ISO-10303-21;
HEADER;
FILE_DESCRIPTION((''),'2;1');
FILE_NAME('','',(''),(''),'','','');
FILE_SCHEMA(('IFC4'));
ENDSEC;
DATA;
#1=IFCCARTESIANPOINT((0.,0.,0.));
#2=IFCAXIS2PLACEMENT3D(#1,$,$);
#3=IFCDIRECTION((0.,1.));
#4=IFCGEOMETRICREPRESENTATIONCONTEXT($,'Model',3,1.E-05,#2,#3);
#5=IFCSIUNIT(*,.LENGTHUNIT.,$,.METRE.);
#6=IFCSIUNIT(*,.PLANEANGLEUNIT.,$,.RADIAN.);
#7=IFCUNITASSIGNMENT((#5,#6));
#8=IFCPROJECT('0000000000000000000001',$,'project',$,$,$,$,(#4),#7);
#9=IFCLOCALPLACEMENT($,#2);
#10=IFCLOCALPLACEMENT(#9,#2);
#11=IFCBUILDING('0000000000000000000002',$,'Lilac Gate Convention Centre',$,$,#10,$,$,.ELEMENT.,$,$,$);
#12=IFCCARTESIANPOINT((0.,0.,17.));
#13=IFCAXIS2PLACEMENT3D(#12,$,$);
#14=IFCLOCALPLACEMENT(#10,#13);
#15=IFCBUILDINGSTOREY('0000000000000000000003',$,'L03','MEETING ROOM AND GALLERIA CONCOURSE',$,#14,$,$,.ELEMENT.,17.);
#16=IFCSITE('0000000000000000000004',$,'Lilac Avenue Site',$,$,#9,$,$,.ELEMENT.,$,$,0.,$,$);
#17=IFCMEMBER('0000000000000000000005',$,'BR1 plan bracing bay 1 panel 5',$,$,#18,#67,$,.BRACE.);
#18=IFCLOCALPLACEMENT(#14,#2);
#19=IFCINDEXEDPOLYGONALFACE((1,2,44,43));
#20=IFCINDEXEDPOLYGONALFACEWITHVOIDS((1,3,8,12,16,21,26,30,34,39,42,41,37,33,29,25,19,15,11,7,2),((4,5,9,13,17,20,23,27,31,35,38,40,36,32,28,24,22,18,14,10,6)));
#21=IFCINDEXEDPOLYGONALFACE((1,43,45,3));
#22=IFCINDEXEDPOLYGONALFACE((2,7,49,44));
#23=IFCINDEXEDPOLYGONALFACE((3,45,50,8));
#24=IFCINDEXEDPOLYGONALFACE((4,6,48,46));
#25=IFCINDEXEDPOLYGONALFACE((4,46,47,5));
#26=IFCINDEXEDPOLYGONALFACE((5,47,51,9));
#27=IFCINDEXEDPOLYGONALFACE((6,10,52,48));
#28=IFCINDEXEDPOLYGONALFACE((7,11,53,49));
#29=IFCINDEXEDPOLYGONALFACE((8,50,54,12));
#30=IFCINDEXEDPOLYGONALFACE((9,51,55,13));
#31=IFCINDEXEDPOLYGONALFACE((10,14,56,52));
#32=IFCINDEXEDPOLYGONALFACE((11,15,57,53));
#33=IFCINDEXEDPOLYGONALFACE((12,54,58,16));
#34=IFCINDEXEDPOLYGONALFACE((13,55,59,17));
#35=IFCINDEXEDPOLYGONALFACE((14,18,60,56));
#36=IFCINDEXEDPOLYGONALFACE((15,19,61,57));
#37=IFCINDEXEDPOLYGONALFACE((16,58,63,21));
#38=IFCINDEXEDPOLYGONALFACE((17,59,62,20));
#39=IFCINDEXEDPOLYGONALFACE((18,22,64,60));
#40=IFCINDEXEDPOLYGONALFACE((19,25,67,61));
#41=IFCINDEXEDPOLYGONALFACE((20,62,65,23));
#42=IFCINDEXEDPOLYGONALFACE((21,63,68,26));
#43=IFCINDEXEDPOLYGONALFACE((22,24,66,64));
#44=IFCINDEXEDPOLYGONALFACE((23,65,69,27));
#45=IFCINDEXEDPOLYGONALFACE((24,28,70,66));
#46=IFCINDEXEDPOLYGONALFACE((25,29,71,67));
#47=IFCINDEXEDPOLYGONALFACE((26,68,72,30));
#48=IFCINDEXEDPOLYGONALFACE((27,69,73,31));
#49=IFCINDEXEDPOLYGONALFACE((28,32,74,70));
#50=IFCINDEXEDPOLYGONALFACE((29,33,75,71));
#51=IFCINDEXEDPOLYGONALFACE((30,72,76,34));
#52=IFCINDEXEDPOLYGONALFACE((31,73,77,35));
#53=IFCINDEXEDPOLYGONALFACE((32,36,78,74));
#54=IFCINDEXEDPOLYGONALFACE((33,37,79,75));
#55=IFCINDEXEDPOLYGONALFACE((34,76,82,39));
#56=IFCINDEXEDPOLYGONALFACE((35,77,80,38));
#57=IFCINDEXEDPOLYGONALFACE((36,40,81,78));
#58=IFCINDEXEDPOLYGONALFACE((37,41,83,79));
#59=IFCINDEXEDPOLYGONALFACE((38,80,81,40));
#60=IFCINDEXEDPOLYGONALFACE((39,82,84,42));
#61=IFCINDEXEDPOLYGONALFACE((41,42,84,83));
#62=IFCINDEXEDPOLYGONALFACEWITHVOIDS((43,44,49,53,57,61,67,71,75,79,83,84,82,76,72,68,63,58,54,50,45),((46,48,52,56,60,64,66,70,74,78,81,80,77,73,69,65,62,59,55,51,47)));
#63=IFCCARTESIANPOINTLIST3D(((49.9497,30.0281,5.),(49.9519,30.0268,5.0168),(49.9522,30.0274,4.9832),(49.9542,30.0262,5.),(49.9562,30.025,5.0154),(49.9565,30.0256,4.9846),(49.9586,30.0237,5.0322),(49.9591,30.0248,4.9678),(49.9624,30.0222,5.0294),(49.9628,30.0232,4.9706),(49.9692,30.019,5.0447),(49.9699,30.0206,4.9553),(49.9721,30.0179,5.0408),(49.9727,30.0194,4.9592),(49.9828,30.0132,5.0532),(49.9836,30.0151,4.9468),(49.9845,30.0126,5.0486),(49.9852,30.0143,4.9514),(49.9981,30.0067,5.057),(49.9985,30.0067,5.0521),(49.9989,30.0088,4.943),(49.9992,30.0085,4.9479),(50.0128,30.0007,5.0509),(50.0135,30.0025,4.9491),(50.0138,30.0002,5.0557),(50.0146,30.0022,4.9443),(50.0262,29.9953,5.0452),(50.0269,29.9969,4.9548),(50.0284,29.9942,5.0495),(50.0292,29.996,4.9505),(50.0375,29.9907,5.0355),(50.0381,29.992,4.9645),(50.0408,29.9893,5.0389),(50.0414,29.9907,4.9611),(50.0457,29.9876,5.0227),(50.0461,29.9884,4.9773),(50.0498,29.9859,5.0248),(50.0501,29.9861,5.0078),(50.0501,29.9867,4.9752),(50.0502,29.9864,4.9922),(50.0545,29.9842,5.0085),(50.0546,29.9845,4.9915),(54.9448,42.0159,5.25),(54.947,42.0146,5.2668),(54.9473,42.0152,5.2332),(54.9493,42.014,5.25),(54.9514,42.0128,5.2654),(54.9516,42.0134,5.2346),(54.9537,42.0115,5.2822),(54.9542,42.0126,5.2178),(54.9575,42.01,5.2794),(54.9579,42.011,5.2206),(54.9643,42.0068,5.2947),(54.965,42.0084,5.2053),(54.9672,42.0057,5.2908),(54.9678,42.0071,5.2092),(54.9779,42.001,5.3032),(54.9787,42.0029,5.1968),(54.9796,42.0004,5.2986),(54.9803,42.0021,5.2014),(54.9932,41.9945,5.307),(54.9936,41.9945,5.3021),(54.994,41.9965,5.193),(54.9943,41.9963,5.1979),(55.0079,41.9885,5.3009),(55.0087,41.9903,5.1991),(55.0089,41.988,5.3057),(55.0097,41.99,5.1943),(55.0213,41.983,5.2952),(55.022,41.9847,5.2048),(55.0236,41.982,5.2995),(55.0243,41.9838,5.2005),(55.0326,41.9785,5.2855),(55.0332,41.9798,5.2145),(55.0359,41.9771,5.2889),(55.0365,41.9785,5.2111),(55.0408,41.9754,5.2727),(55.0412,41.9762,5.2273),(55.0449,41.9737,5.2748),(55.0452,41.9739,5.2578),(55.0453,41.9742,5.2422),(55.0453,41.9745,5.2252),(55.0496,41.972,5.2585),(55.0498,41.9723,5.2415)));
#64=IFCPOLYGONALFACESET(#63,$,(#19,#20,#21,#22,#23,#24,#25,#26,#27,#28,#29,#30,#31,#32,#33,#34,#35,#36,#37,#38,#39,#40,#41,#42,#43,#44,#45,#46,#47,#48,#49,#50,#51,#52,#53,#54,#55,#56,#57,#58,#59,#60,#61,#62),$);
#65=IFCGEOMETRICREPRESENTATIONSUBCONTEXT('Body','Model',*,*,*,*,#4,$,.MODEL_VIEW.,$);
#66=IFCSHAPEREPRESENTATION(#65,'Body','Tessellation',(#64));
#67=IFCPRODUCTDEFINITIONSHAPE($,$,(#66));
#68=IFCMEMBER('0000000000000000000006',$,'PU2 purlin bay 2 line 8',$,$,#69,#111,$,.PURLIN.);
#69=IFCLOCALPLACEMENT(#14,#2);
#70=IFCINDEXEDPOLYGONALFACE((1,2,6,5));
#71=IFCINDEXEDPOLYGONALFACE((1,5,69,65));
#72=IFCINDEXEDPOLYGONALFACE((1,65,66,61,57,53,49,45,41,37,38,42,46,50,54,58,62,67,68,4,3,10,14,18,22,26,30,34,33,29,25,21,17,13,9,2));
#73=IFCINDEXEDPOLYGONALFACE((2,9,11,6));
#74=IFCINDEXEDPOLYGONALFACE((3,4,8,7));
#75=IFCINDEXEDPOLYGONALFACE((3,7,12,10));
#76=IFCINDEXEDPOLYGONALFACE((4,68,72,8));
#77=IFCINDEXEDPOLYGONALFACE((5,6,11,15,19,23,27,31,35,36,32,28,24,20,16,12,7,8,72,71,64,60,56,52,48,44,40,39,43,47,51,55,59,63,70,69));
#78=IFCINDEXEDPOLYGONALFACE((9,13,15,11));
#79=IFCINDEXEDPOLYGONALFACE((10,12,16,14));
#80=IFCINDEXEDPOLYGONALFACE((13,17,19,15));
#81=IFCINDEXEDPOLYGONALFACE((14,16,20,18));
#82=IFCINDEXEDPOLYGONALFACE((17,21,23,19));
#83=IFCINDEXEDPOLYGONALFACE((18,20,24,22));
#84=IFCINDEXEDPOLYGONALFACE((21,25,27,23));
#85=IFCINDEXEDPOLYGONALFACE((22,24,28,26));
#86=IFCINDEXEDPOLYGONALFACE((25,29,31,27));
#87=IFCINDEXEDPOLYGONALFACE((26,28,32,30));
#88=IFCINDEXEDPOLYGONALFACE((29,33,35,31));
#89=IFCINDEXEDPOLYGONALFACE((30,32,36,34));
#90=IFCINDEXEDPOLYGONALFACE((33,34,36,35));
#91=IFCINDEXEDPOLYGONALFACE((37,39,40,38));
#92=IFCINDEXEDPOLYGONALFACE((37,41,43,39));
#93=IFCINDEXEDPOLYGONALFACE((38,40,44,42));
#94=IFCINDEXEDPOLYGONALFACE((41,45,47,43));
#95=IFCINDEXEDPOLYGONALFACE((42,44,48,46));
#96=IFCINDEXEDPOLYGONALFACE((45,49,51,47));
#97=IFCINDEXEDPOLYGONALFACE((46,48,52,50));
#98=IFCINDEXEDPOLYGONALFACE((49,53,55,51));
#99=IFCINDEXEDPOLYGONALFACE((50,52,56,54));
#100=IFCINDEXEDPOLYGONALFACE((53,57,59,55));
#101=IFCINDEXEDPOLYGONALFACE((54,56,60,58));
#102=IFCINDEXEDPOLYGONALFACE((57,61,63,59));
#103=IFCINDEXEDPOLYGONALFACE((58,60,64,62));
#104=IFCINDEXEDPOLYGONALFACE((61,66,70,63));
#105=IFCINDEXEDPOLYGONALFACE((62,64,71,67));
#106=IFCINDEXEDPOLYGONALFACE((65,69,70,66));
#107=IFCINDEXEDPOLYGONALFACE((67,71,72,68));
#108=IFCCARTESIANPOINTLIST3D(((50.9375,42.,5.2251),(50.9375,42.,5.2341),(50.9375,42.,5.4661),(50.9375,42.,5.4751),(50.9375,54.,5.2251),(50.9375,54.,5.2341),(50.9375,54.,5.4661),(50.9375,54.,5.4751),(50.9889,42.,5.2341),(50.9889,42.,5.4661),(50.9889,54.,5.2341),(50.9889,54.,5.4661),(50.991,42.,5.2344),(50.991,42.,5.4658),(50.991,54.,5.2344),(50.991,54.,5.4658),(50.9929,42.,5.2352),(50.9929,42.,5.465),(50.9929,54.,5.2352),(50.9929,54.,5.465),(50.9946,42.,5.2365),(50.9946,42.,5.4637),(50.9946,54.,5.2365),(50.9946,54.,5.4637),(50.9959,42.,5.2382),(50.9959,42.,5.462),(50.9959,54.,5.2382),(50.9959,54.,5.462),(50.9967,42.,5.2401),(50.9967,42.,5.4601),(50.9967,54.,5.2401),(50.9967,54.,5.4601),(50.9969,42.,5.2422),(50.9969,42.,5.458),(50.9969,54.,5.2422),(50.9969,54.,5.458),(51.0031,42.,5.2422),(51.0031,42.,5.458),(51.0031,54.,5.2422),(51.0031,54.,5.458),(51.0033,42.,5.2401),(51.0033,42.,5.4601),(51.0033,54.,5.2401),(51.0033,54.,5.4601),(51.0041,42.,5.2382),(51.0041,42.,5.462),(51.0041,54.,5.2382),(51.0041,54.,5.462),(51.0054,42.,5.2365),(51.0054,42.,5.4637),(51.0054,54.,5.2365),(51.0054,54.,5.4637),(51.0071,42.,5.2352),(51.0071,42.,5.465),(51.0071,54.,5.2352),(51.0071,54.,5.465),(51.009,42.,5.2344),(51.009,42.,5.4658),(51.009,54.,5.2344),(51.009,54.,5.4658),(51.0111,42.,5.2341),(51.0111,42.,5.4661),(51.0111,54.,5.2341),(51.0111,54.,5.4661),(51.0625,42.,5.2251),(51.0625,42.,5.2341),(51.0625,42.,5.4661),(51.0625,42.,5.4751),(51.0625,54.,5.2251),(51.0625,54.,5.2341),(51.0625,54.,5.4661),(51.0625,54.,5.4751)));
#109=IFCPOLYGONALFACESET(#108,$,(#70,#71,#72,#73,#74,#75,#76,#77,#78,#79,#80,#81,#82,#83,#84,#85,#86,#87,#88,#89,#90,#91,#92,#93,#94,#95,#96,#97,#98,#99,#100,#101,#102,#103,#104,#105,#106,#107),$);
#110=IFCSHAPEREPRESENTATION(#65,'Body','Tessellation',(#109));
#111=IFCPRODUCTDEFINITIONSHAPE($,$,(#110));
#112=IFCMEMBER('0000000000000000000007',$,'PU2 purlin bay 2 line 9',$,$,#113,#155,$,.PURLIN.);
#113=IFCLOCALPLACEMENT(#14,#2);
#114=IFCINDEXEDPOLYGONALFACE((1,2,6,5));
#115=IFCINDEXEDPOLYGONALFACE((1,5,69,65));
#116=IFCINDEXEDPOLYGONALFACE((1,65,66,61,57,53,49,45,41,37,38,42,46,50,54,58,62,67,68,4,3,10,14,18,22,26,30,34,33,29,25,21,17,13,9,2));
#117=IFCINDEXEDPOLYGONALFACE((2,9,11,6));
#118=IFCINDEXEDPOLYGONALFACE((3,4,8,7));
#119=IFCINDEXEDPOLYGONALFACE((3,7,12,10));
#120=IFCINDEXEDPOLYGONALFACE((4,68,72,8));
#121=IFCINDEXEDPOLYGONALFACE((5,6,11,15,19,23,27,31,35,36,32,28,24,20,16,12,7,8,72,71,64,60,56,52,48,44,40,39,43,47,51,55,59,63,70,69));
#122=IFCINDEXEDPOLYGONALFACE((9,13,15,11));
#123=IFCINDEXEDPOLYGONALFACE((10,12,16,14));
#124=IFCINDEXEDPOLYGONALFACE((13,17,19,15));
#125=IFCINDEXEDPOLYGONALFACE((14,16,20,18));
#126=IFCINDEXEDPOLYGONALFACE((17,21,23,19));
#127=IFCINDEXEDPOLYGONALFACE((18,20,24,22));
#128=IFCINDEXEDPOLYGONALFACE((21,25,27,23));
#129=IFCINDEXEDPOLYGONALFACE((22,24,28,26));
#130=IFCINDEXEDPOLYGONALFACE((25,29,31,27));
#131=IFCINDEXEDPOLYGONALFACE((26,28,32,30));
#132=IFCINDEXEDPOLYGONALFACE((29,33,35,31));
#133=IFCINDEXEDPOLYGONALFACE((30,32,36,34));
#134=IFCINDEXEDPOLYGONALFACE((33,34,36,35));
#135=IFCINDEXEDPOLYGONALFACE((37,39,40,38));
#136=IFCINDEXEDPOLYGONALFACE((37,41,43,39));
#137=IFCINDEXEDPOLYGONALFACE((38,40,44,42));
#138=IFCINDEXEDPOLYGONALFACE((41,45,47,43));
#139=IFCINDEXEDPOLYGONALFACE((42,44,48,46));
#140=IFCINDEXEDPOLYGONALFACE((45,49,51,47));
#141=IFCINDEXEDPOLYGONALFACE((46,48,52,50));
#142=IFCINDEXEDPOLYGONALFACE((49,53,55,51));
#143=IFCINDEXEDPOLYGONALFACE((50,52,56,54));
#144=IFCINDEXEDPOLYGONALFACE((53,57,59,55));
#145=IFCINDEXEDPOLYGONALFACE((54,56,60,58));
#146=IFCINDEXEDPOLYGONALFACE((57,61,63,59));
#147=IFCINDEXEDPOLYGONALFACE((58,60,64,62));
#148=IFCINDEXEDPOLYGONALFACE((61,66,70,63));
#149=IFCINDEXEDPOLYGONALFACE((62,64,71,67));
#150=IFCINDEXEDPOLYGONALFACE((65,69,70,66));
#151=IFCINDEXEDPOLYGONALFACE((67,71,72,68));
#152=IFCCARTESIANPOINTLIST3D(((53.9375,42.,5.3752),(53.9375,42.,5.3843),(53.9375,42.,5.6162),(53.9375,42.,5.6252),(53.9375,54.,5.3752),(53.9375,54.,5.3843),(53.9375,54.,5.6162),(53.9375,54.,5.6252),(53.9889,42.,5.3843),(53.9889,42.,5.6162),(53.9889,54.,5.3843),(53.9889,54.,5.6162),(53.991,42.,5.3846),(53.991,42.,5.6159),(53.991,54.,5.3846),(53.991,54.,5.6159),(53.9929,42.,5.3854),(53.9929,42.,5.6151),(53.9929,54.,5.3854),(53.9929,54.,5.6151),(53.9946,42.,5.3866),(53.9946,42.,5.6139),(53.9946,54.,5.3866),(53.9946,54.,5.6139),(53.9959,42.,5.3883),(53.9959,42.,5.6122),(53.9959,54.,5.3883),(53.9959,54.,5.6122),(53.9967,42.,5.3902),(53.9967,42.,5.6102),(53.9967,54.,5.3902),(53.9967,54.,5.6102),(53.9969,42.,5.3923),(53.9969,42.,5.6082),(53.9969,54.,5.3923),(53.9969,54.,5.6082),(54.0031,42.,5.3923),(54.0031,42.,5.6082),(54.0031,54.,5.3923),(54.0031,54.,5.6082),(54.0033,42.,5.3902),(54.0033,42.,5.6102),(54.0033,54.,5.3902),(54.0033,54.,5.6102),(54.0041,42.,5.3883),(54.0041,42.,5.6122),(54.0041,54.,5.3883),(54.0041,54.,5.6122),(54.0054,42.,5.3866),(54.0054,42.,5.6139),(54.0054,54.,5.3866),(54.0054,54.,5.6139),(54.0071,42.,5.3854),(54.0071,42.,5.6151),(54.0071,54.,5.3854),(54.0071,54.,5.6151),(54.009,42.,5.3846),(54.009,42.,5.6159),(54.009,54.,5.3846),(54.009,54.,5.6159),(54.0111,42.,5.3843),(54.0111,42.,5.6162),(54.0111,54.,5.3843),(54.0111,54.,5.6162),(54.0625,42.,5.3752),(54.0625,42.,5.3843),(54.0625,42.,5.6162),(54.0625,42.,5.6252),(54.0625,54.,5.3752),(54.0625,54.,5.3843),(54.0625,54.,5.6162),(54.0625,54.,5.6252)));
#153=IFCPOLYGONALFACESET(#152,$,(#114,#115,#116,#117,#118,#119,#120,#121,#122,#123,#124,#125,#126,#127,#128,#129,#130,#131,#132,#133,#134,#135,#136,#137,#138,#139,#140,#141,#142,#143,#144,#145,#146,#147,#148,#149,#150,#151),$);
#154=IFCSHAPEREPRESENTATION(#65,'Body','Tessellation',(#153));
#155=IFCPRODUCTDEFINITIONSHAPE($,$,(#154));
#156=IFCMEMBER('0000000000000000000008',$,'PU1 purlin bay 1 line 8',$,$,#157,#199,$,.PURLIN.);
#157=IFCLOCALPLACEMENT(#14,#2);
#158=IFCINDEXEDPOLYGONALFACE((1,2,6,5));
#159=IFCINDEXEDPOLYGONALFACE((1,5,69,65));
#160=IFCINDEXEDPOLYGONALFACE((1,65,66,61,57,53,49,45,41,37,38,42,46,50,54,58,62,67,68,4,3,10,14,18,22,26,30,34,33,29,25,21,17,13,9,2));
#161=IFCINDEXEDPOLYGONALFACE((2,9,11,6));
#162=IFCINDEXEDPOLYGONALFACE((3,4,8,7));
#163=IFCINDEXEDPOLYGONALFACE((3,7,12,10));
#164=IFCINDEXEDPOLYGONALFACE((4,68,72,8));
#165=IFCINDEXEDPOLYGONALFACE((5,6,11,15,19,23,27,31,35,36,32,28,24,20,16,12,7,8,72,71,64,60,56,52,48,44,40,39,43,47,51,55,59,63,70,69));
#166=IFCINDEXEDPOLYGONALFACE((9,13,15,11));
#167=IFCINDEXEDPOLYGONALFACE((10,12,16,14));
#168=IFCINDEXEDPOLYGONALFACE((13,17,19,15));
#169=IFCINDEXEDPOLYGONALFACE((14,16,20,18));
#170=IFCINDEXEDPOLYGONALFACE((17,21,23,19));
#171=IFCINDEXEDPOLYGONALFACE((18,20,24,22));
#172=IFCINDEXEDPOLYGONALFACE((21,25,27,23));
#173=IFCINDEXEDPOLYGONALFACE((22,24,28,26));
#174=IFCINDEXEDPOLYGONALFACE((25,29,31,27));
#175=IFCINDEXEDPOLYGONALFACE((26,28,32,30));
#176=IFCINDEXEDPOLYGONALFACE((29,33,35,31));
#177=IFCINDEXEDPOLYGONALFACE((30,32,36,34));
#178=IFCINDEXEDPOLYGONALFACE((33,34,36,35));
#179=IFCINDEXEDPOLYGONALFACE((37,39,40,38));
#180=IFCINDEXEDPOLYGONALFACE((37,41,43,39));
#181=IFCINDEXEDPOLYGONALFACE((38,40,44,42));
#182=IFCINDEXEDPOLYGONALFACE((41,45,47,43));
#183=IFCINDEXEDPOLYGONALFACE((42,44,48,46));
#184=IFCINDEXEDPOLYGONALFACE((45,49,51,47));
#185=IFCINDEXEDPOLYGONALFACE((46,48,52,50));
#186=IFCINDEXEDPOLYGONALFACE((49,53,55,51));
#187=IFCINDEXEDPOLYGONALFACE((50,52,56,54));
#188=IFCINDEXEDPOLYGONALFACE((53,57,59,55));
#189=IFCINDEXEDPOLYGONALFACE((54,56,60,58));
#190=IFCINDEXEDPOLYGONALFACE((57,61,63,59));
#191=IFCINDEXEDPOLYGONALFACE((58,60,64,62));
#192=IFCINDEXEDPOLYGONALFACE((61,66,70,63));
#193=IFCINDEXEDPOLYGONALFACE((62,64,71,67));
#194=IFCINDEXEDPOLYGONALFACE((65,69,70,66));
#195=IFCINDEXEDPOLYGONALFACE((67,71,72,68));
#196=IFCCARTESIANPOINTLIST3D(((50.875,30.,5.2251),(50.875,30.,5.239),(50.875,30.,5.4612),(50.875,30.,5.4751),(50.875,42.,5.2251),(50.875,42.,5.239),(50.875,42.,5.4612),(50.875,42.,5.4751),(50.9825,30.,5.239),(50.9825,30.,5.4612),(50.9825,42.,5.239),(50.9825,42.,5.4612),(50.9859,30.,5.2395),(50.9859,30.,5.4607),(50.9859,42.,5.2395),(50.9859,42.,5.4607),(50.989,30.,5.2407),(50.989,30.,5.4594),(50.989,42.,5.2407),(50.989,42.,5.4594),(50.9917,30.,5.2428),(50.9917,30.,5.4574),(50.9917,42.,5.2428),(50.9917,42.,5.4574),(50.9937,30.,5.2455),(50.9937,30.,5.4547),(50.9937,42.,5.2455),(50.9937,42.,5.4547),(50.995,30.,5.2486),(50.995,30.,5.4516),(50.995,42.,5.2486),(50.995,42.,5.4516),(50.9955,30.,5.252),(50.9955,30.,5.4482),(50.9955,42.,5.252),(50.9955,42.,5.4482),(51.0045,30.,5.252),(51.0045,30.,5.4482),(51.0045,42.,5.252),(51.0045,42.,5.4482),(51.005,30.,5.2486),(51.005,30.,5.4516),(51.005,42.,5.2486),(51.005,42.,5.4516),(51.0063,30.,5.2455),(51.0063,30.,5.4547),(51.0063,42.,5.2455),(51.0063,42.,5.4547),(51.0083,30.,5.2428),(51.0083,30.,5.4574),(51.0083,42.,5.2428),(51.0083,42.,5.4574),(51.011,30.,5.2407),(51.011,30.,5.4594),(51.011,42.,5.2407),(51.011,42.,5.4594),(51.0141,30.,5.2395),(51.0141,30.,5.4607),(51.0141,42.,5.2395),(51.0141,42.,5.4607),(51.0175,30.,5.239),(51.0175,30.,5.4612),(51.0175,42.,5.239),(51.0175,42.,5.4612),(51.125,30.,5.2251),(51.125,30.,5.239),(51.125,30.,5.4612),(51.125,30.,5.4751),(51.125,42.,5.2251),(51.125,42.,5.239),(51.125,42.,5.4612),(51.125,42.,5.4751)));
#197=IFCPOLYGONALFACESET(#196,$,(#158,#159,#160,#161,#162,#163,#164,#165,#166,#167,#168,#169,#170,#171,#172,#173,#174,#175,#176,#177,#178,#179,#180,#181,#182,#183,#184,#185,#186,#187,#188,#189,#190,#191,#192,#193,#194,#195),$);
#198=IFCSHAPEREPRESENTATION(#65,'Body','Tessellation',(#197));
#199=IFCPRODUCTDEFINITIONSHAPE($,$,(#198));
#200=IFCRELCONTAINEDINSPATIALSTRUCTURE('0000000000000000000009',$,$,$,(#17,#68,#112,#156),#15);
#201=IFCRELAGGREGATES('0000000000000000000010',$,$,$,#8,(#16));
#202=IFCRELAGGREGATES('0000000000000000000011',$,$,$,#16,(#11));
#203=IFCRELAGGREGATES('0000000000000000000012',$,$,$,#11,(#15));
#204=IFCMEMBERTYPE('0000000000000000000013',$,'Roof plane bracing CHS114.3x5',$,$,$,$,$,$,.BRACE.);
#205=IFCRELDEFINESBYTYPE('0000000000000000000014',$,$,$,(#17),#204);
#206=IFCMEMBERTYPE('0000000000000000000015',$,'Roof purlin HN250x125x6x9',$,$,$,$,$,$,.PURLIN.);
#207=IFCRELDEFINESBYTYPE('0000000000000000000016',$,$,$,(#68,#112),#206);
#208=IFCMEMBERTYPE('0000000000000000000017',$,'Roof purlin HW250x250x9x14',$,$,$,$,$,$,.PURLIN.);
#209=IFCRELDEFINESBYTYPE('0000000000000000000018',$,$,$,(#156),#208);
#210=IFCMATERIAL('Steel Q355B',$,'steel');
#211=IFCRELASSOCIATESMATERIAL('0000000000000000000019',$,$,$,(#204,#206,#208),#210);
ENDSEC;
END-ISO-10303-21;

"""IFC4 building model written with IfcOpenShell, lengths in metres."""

from ifc_helpers import new_model, si_unit, direction, frame, origin, origin_2d, place, context, subcontext, project, spatial, hollow_circle, i_section, extrude, material, material_profile, profile_set, type_object, element, save


model = new_model("IFC4")

# Units and contexts
model_context = context("Model", 3, precision=1e-05, world=origin(), true_north=direction((0.0, 1.0)))
body_context = subcontext(model_context, "Body", "Model", "MODEL_VIEW")
ifc_project = project(units=[si_unit("LENGTHUNIT", "METRE"), si_unit("PLANEANGLEUNIT", "RADIAN")], contexts=[model_context])

# Site, building, storey
site_placement = place(None, origin())
site = spatial("IfcSite", under=ifc_project, at=site_placement, Name="Lilac Avenue Site", CompositionType="ELEMENT", RefElevation=0.0)
building_placement = place(site_placement, origin())
building = spatial("IfcBuilding", under=site, at=building_placement, Name="Lilac Gate Convention Centre", CompositionType="ELEMENT")
storey_placement = place(building_placement, frame((0.0, 0.0, 17.0)))
storey = spatial("IfcBuildingStorey", under=building, at=storey_placement, Name="L03", Description="MEETING ROOM AND GALLERIA CONCOURSE", CompositionType="ELEMENT", Elevation=17.0)

# Members
ifc_material = material(Name="Steel Q355B", Category="steel")
ifc_material_profile_1 = material_profile(ifc_material, hollow_circle(Radius=0.0571, WallThickness=0.0049, at=origin_2d()), Name="CHS114.3x5")
ifc_profile_set_1 = profile_set([ifc_material_profile_1], Name="Steel Q355B")
member_type_1 = type_object("IfcMemberType", Name="Roof plane bracing CHS114.3x5", PredefinedType="BRACE", material=ifc_profile_set_1)
member_1_placement = place(storey_placement, frame((50.0024, 30.0061, 5.0), z_axis=(0.384557, 0.9229, 0.019247), x_axis=(-0.923071, 0.384629, 0.0)))
element("IfcMember", 1, at=member_1_placement, inside=storey, type_object=member_type_1, Name="BR1 plan bracing bay 1 panel 5", PredefinedType="BRACE", context=body_context, shape_type="SweptSolid", body=[
    extrude(hollow_circle(Radius=0.0571, WallThickness=0.0049, at=origin_2d()), origin(), (0.0, 0.0, 1.0), 12.9893),
])
ifc_material_profile_2 = material_profile(ifc_material, i_section(OverallWidth=0.125, OverallDepth=0.25, WebThickness=0.0061, FlangeThickness=0.009, FilletRadius=0.0081, at=origin_2d()), Name="HN250x125x6x9")
ifc_profile_set_2 = profile_set([ifc_material_profile_2], Name="Steel Q355B")
member_type_2 = type_object("IfcMemberType", Name="Roof purlin HN250x125x6x9", PredefinedType="PURLIN", material=ifc_profile_set_2)
for number, where, z_axis, x_axis, name in (
    (2, (51.0, 42.0, 5.3501), (0.0, 1.0, 0.0), (-1.0, 0.0, 0.0), "PU2 purlin bay 2 line 8"),
    (3, (54.0, 42.0, 5.5002), (0.0, 1.0, 0.0), (-1.0, 0.0, 0.0), "PU2 purlin bay 2 line 9"),
):
    element("IfcMember", number, at=place(storey_placement, frame(where, z_axis=z_axis, x_axis=x_axis)), inside=storey, type_object=member_type_2, Name=name, PredefinedType="PURLIN", context=body_context, shape_type="SweptSolid", body=[
        extrude(i_section(OverallWidth=0.125, OverallDepth=0.25, WebThickness=0.0061, FlangeThickness=0.009, FilletRadius=0.0081, at=origin_2d()), origin(), (0.0, 0.0, 1.0), 12.0),
    ])
ifc_material_profile_3 = material_profile(ifc_material, i_section(OverallWidth=0.25, OverallDepth=0.25, WebThickness=0.009, FlangeThickness=0.0139, FilletRadius=0.0129, at=origin_2d()), Name="HW250x250x9x14")
ifc_profile_set_3 = profile_set([ifc_material_profile_3], Name="Steel Q355B")
member_type_3 = type_object("IfcMemberType", Name="Roof purlin HW250x250x9x14", PredefinedType="PURLIN", material=ifc_profile_set_3)
for number, where, z_axis, x_axis, name in (
    (4, (51.0, 30.0, 5.3501), (0.0, 1.0, 0.0), (-1.0, 0.0, 0.0), "PU1 purlin bay 1 line 8"),
):
    element("IfcMember", number, at=place(storey_placement, frame(where, z_axis=z_axis, x_axis=x_axis)), inside=storey, type_object=member_type_3, Name=name, PredefinedType="PURLIN", context=body_context, shape_type="SweptSolid", body=[
        extrude(i_section(OverallWidth=0.25, OverallDepth=0.25, WebThickness=0.009, FlangeThickness=0.0139, FilletRadius=0.0129, at=origin_2d()), origin(), (0.0, 0.0, 1.0), 12.0),
    ])

save(model, "model.ifc")
